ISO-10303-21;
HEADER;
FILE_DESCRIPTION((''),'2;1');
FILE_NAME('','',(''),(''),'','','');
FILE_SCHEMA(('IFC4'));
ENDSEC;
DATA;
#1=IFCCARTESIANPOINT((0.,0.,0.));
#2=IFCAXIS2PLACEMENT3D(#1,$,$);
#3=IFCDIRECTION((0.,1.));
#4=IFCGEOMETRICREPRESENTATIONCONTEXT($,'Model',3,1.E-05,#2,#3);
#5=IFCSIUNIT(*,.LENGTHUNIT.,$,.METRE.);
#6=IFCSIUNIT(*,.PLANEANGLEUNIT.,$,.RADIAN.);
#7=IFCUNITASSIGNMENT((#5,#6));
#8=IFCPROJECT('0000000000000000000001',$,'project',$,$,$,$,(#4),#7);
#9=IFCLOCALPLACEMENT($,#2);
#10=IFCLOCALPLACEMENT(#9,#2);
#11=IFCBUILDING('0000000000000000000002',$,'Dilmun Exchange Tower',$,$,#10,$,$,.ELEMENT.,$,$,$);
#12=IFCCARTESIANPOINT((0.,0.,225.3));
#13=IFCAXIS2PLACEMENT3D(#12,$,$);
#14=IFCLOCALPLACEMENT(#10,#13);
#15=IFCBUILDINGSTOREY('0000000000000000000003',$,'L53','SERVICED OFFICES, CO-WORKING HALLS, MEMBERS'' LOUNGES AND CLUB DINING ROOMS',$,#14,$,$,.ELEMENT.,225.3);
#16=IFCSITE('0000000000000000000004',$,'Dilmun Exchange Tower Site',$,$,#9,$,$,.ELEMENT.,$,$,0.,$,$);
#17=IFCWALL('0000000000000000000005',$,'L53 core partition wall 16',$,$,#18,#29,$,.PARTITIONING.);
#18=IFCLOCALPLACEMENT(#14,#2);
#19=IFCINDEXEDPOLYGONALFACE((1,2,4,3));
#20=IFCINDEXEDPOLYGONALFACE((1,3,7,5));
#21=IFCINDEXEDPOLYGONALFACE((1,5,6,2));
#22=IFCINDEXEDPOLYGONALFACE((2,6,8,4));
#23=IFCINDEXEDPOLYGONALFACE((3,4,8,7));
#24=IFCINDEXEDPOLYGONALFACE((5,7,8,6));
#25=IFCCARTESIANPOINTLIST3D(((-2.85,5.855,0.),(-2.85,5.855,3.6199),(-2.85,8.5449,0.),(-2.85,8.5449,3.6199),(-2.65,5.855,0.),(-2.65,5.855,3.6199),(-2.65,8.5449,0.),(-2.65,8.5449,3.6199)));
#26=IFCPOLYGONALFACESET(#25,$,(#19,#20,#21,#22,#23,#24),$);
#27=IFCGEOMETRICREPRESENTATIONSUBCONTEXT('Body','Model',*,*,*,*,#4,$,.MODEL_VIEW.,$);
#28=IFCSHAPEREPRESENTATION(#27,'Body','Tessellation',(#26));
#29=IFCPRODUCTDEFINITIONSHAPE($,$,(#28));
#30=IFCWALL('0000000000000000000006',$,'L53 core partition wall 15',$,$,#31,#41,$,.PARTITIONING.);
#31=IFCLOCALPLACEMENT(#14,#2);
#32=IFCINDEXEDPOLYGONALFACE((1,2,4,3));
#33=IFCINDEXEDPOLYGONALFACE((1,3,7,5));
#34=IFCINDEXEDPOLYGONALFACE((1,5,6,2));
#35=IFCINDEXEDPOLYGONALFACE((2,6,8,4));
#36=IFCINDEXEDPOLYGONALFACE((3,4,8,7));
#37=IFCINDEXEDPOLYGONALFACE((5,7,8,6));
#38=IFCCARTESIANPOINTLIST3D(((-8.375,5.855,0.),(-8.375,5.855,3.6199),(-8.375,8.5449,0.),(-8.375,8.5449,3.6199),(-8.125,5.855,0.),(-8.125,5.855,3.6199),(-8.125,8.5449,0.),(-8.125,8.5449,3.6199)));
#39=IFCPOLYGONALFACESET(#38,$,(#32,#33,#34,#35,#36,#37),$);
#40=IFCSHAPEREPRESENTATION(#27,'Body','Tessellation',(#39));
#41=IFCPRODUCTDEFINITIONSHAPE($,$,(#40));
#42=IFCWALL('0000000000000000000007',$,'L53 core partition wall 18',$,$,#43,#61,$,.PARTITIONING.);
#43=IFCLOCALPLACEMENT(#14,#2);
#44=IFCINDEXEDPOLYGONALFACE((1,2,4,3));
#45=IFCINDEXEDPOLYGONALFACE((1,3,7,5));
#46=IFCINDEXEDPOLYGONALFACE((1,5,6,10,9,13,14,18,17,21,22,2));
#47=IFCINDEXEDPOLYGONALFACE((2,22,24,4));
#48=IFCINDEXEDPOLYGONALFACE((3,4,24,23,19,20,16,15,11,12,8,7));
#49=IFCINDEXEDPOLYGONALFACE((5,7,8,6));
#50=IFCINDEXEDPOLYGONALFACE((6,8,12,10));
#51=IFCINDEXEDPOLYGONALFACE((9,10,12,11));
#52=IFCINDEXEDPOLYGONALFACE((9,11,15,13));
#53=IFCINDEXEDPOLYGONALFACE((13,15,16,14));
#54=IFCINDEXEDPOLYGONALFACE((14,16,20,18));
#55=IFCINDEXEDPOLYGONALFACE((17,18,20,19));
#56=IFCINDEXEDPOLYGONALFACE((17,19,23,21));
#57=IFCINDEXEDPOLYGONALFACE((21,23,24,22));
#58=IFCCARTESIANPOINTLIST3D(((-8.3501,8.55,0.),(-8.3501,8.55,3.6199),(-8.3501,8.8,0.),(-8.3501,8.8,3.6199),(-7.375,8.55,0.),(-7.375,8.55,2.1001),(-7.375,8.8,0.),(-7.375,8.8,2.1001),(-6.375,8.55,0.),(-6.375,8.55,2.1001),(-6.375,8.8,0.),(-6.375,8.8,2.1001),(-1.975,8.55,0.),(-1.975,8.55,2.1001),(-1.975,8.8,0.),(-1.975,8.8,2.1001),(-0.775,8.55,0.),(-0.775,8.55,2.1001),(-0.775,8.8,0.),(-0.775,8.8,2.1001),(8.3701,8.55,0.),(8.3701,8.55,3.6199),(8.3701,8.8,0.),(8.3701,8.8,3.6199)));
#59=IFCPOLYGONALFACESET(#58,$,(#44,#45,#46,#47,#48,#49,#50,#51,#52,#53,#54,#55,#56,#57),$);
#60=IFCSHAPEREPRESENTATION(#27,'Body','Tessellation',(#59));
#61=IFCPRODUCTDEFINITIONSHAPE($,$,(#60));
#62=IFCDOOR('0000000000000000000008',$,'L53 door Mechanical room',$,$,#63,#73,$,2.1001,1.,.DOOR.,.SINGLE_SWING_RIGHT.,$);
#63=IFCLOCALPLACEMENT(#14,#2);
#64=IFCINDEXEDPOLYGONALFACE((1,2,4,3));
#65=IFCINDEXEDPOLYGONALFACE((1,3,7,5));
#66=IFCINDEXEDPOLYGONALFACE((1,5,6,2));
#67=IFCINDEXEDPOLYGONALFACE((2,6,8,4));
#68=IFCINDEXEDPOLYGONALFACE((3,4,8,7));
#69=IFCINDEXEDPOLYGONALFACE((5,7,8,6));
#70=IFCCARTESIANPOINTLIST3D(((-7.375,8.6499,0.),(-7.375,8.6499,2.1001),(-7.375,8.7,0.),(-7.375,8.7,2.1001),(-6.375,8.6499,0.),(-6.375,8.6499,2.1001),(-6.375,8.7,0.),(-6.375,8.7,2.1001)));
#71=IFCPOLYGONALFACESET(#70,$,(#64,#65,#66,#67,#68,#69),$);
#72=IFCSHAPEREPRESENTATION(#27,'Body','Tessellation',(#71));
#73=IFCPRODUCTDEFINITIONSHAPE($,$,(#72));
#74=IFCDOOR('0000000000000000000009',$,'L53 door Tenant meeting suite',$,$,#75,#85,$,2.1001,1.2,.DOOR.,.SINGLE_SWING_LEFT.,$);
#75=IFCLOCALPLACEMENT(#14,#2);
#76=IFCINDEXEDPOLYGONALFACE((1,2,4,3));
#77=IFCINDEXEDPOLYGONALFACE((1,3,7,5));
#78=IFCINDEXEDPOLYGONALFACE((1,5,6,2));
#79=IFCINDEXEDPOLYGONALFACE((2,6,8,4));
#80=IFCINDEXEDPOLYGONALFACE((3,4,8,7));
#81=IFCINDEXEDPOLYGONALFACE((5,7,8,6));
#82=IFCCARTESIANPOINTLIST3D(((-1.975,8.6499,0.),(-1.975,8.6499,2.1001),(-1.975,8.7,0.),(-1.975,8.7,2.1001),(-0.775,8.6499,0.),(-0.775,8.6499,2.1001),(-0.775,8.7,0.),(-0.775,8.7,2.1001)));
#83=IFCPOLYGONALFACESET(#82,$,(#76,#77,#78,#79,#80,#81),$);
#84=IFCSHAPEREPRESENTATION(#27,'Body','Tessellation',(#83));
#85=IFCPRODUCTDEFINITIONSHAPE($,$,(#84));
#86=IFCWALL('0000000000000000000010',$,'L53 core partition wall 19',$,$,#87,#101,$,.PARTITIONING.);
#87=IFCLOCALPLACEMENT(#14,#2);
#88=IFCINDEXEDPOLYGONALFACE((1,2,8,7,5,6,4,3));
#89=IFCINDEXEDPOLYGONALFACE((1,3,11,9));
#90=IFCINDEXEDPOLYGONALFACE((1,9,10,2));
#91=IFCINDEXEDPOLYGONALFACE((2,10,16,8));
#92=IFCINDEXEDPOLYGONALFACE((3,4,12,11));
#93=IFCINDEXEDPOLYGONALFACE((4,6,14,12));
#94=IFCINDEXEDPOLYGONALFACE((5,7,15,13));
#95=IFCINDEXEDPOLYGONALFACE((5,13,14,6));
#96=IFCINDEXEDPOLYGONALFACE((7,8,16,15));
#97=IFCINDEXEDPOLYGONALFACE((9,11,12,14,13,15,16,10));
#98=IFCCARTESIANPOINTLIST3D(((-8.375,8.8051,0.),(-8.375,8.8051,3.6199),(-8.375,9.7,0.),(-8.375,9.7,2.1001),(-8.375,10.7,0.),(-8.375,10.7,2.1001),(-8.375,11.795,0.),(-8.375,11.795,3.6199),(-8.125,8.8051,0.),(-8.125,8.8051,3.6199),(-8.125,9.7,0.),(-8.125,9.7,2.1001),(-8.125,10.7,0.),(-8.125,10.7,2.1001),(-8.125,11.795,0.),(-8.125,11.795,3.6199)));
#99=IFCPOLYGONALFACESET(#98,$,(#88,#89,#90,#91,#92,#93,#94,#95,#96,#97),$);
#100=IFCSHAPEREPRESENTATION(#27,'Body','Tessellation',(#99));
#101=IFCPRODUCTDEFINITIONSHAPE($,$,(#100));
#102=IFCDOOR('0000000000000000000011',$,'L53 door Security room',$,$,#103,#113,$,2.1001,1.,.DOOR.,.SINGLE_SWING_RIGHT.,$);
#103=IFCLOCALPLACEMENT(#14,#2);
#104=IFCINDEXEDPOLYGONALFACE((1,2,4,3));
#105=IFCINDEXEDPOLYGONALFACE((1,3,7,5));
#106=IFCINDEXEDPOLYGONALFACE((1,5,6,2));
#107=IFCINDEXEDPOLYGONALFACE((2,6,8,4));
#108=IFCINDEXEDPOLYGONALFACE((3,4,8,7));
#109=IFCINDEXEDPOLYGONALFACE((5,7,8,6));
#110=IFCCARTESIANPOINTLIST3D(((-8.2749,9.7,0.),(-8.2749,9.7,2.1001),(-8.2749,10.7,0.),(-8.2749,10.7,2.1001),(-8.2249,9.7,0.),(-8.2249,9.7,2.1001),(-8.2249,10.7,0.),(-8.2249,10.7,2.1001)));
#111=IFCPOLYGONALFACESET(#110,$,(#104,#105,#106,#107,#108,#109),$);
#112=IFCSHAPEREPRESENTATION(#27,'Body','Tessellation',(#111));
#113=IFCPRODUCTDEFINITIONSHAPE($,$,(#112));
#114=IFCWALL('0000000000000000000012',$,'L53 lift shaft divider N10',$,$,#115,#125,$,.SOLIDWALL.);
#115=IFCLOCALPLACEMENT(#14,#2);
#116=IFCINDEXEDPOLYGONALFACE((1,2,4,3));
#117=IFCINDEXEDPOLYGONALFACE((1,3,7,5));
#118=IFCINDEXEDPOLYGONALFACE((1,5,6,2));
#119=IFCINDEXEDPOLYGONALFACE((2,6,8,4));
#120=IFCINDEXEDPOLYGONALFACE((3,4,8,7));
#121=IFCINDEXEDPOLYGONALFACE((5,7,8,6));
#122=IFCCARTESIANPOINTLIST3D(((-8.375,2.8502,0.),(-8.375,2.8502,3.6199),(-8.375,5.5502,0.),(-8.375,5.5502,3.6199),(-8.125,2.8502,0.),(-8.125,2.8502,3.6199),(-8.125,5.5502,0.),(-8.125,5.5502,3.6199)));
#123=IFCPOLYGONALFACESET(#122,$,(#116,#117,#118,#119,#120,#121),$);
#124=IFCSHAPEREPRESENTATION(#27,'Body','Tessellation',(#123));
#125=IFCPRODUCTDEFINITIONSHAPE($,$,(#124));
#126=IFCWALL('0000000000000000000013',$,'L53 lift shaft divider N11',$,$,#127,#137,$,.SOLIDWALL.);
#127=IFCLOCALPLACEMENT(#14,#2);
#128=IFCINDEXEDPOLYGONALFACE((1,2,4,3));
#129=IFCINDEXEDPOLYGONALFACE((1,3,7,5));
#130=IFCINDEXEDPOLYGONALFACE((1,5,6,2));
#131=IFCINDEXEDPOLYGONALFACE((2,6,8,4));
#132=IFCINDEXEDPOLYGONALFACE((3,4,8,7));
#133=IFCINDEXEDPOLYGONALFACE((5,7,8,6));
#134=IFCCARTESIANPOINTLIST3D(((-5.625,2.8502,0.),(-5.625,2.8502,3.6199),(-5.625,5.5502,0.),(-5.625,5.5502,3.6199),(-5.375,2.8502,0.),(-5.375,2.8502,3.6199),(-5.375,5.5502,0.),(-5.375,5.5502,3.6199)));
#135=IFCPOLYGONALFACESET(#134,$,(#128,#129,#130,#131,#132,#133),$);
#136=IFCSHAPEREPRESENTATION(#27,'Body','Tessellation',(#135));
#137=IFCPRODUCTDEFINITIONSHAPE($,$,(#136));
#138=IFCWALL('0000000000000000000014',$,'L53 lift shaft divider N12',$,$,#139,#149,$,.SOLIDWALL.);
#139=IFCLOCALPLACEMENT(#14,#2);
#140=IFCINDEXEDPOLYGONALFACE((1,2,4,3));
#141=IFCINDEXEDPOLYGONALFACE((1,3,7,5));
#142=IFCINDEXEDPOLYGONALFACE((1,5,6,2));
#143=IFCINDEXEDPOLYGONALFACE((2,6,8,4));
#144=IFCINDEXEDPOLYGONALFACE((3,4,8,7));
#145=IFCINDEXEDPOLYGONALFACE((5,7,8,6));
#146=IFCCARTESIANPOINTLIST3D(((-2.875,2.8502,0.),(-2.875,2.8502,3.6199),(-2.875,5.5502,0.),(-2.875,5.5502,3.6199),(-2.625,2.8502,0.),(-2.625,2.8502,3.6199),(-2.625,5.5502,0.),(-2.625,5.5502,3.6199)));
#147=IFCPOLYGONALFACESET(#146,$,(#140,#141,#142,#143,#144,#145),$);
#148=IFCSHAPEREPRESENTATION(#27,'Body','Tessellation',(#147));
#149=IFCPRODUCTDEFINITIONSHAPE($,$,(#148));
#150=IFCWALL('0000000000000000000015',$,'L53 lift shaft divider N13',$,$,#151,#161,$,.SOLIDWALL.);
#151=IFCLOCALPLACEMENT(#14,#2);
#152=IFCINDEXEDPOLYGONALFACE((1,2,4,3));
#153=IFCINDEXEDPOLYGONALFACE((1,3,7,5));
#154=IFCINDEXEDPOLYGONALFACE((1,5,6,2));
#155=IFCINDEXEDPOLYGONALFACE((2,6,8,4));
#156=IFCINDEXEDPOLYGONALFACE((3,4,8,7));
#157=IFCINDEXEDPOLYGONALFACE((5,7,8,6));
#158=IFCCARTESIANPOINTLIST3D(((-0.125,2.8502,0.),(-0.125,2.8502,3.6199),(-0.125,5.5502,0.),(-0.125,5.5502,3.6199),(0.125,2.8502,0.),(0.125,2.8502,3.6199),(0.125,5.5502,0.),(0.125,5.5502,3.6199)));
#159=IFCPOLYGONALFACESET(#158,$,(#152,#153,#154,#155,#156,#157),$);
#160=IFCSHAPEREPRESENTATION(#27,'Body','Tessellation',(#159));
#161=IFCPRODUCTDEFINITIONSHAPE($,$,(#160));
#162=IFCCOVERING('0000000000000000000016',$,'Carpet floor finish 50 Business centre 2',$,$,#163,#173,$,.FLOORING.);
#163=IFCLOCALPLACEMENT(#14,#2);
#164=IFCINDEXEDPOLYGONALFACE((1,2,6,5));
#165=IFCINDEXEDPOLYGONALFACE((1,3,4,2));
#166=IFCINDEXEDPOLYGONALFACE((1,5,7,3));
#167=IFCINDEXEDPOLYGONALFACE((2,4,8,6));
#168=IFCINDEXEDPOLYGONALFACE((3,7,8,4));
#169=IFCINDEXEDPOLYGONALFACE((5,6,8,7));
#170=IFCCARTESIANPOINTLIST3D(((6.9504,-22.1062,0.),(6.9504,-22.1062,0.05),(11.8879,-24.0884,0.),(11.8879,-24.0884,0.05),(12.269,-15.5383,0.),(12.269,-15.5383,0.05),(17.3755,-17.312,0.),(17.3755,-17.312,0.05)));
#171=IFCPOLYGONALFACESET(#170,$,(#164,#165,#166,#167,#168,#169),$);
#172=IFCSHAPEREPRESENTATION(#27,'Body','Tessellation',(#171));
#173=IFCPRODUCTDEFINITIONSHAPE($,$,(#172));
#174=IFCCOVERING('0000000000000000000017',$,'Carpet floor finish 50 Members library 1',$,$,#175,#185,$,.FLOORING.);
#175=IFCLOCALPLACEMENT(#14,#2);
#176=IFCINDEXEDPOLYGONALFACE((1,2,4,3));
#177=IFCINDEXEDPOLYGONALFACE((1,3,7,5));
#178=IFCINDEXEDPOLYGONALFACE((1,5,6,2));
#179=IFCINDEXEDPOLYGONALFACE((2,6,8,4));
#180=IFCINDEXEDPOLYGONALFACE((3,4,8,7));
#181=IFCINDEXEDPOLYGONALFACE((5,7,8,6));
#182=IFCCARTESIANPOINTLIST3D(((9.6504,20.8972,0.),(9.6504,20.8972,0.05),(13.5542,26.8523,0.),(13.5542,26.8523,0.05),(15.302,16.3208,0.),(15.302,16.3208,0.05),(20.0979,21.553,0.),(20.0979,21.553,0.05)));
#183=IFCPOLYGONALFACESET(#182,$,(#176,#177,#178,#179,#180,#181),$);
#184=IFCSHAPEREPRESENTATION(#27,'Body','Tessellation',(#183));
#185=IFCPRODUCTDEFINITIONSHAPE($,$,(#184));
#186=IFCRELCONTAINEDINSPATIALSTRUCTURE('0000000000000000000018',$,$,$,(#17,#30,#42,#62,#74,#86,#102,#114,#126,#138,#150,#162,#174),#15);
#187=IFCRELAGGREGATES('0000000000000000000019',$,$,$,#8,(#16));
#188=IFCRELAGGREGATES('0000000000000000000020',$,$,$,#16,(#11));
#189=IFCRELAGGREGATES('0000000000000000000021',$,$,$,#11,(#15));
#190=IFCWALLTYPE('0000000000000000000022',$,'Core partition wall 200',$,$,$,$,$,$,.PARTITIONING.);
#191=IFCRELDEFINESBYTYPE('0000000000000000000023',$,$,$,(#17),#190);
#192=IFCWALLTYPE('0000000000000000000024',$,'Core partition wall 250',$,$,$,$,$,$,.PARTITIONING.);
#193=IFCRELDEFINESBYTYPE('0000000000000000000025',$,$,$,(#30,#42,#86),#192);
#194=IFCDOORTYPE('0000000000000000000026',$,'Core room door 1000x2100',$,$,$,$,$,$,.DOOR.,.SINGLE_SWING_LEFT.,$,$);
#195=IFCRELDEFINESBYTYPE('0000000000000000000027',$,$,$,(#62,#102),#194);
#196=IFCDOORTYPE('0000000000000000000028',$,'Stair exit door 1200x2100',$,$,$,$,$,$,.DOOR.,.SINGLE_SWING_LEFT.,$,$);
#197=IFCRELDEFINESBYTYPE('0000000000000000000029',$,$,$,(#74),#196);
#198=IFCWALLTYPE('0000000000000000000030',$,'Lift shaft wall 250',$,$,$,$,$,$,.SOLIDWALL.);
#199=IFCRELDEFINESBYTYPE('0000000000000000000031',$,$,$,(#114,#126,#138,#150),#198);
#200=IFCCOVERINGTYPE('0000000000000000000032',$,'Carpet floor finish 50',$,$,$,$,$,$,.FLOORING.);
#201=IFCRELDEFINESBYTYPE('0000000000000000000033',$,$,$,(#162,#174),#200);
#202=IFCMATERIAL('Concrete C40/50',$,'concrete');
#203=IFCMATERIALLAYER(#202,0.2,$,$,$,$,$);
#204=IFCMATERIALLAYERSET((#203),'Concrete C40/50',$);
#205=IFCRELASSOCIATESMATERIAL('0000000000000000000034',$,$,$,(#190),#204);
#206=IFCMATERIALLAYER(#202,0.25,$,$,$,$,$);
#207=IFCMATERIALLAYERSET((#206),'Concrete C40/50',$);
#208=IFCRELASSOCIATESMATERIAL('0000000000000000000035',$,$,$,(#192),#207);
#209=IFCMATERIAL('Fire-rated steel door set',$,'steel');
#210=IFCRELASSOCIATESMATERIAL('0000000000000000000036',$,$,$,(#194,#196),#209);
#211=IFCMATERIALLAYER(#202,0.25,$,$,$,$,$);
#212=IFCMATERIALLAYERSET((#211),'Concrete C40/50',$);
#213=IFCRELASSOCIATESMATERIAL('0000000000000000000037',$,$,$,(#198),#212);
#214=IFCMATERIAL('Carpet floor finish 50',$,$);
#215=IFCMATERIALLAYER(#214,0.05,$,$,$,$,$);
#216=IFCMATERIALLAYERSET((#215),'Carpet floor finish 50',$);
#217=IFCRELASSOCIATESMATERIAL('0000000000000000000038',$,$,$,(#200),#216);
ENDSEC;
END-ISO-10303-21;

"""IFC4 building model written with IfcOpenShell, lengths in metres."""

from ifc_helpers import new_model, si_unit, direction, frame, frame_2d, origin, place, context, subcontext, project, spatial, polyline, rectangle, outline, extrude, material, layer, layer_set, type_object, element, fill, save


model = new_model("IFC4")

# Units and contexts
model_context = context("Model", 3, precision=1e-05, world=origin(), true_north=direction((0.0, 1.0)))
body_context = subcontext(model_context, "Body", "Model", "MODEL_VIEW")
ifc_project = project(units=[si_unit("LENGTHUNIT", "METRE"), si_unit("PLANEANGLEUNIT", "RADIAN")], contexts=[model_context])

# Site, building, storey
site_placement = place(None, origin())
site = spatial("IfcSite", under=ifc_project, at=site_placement, Name="Dilmun Exchange Tower Site", CompositionType="ELEMENT", RefElevation=0.0)
building_placement = place(site_placement, origin())
building = spatial("IfcBuilding", under=site, at=building_placement, Name="Dilmun Exchange Tower", CompositionType="ELEMENT")
storey_placement = place(building_placement, frame((0.0, 0.0, 225.3)))
storey = spatial("IfcBuildingStorey", under=building, at=storey_placement, Name="L53", Description="SERVICED OFFICES, CO-WORKING HALLS, MEMBERS' LOUNGES AND CLUB DINING ROOMS", CompositionType="ELEMENT", Elevation=225.3)

# Walls
ifc_material_1 = material(Name="Concrete C40/50", Category="concrete")
ifc_layer_1 = layer(ifc_material_1, 0.2)
ifc_layer_set_1 = layer_set([ifc_layer_1], Name="Concrete C40/50")
wall_type_1 = type_object("IfcWallType", Name="Core partition wall 200", PredefinedType="PARTITIONING", material=ifc_layer_set_1)
wall_1_placement = place(storey_placement, frame((-2.75, 5.855, 0.0), z_axis=(0.0, 0.0, 1.0), x_axis=(0.0, 1.0, 0.0)))
element("IfcWall", 1, at=wall_1_placement, inside=storey, type_object=wall_type_1, Name="L53 core partition wall 16", PredefinedType="PARTITIONING", context=body_context, shape_type="SweptSolid", body=[
    extrude(rectangle(XDim=2.6899, YDim=0.2, at=frame_2d((1.345, 0.0))), origin(), (0.0, 0.0, 1.0), 3.6199),
])
ifc_layer_2 = layer(ifc_material_1, 0.25)
ifc_layer_set_2 = layer_set([ifc_layer_2], Name="Concrete C40/50")
wall_type_2 = type_object("IfcWallType", Name="Core partition wall 250", PredefinedType="PARTITIONING", material=ifc_layer_set_2)
wall_2_placement = place(storey_placement, frame((-8.25, 5.855, 0.0), z_axis=(0.0, 0.0, 1.0), x_axis=(0.0, 1.0, 0.0)))
element("IfcWall", 2, at=wall_2_placement, inside=storey, type_object=wall_type_2, Name="L53 core partition wall 15", PredefinedType="PARTITIONING", context=body_context, shape_type="SweptSolid", body=[
    extrude(rectangle(XDim=2.6899, YDim=0.25, at=frame_2d((1.345, 0.0))), origin(), (0.0, 0.0, 1.0), 3.6199),
])

# Wall, openings, doors
wall_3_placement = place(storey_placement, frame((-8.3501, 8.675, 0.0), z_axis=(0.0, 0.0, 1.0), x_axis=(1.0, 0.0, 0.0)))
wall_3 = element("IfcWall", 3, at=wall_3_placement, inside=storey, type_object=wall_type_2, Name="L53 core partition wall 18", PredefinedType="PARTITIONING", context=body_context, shape_type="SweptSolid", body=[
    extrude(rectangle(XDim=16.7202, YDim=0.25, at=frame_2d((8.3601, 0.0))), origin(), (0.0, 0.0, 1.0), 3.6199),
])
opening_1_placement = place(wall_3_placement, frame((0.9751, 0.0, 0.0)))
opening_1 = element("IfcOpeningElement", 4, at=opening_1_placement, cuts=wall_3, PredefinedType="OPENING", context=body_context, shape_type="SweptSolid", body=[
    extrude(rectangle(XDim=1.0, YDim=2.1001, at=frame_2d((0.5, 1.05))), frame((0.0, 0.135, 0.0), z_axis=(0.0, -1.0, 0.0), x_axis=(1.0, 0.0, 0.0)), (0.0, 0.0, 1.0), 0.27),
])
opening_2_placement = place(wall_3_placement, frame((6.375, 0.0, 0.0)))
opening_2 = element("IfcOpeningElement", 5, at=opening_2_placement, cuts=wall_3, PredefinedType="OPENING", context=body_context, shape_type="SweptSolid", body=[
    extrude(rectangle(XDim=1.2, YDim=2.1001, at=frame_2d((0.6001, 1.05))), frame((0.0, 0.135, 0.0), z_axis=(0.0, -1.0, 0.0), x_axis=(1.0, 0.0, 0.0)), (0.0, 0.0, 1.0), 0.27),
])
ifc_material_2 = material(Name="Fire-rated steel door set", Category="steel")
door_type_1 = type_object("IfcDoorType", Name="Core room door 1000x2100", OperationType="SINGLE_SWING_LEFT", PredefinedType="DOOR", material=ifc_material_2)
door_1_placement = place(opening_1_placement, origin())
door_1 = element("IfcDoor", 6, at=door_1_placement, inside=storey, type_object=door_type_1, Name="L53 door Mechanical room", OperationType="SINGLE_SWING_RIGHT", OverallHeight=2.1001, OverallWidth=1.0, PredefinedType="DOOR", context=body_context, shape_type="SweptSolid", body=[
    extrude(rectangle(XDim=1.0, YDim=2.1001, at=frame_2d((0.5, 1.05))), frame((0.0, 0.0249, 0.0), z_axis=(0.0, -1.0, 0.0), x_axis=(1.0, 0.0, 0.0)), (0.0, 0.0, 1.0), 0.05),
])
fill(opening_1, door_1)
door_type_2 = type_object("IfcDoorType", Name="Stair exit door 1200x2100", OperationType="SINGLE_SWING_LEFT", PredefinedType="DOOR", material=ifc_material_2)
door_2_placement = place(opening_2_placement, origin())
door_2 = element("IfcDoor", 7, at=door_2_placement, inside=storey, type_object=door_type_2, Name="L53 door Tenant meeting suite", OperationType="SINGLE_SWING_LEFT", OverallHeight=2.1001, OverallWidth=1.2, PredefinedType="DOOR", context=body_context, shape_type="SweptSolid", body=[
    extrude(rectangle(XDim=1.2, YDim=2.1001, at=frame_2d((0.6001, 1.05))), frame((0.0, 0.0249, 0.0), z_axis=(0.0, -1.0, 0.0), x_axis=(1.0, 0.0, 0.0)), (0.0, 0.0, 1.0), 0.05),
])
fill(opening_2, door_2)

# Wall, opening, door
wall_4_placement = place(storey_placement, frame((-8.25, 8.8049, 0.0), z_axis=(0.0, 0.0, 1.0), x_axis=(0.0, 1.0, 0.0)))
wall_4 = element("IfcWall", 8, at=wall_4_placement, inside=storey, type_object=wall_type_2, Name="L53 core partition wall 19", PredefinedType="PARTITIONING", context=body_context, shape_type="SweptSolid", body=[
    extrude(rectangle(XDim=2.99, YDim=0.25, at=frame_2d((1.4951, 0.0))), origin(), (0.0, 0.0, 1.0), 3.6199),
])
opening_3_placement = place(wall_4_placement, frame((0.895, 0.0, 0.0)))
opening_3 = element("IfcOpeningElement", 9, at=opening_3_placement, cuts=wall_4, PredefinedType="OPENING", context=body_context, shape_type="SweptSolid", body=[
    extrude(rectangle(XDim=1.0, YDim=2.1001, at=frame_2d((0.5, 1.05))), frame((0.0, 0.135, 0.0), z_axis=(0.0, -1.0, 0.0), x_axis=(1.0, 0.0, 0.0)), (0.0, 0.0, 1.0), 0.27),
])
door_3_placement = place(opening_3_placement, origin())
door_3 = element("IfcDoor", 10, at=door_3_placement, inside=storey, type_object=door_type_1, Name="L53 door Security room", OperationType="SINGLE_SWING_RIGHT", OverallHeight=2.1001, OverallWidth=1.0, PredefinedType="DOOR", context=body_context, shape_type="SweptSolid", body=[
    extrude(rectangle(XDim=1.0, YDim=2.1001, at=frame_2d((0.5, 1.05))), frame((0.0, 0.0249, 0.0), z_axis=(0.0, -1.0, 0.0), x_axis=(1.0, 0.0, 0.0)), (0.0, 0.0, 1.0), 0.05),
])
fill(opening_3, door_3)

# Walls
ifc_layer_3 = layer(ifc_material_1, 0.25)
ifc_layer_set_3 = layer_set([ifc_layer_3], Name="Concrete C40/50")
wall_type_3 = type_object("IfcWallType", Name="Lift shaft wall 250", PredefinedType="SOLIDWALL", material=ifc_layer_set_3)
for number, where, z_axis, x_axis, name in (
    (11, (-8.25, 2.8501, 0.0), (0.0, 0.0, 1.0), (0.0, 1.0, 0.0), "L53 lift shaft divider N10"),
    (12, (-5.5, 2.8501, 0.0), (0.0, 0.0, 1.0), (0.0, 1.0, 0.0), "L53 lift shaft divider N11"),
    (13, (-2.75, 2.8501, 0.0), (0.0, 0.0, 1.0), (0.0, 1.0, 0.0), "L53 lift shaft divider N12"),
    (14, (0.0, 2.8501, 0.0), (0.0, 0.0, 1.0), (0.0, 1.0, 0.0), "L53 lift shaft divider N13"),
):
    element("IfcWall", number, at=place(storey_placement, frame(where, z_axis=z_axis, x_axis=x_axis)), inside=storey, type_object=wall_type_3, Name=name, PredefinedType="SOLIDWALL", context=body_context, shape_type="SweptSolid", body=[
        extrude(rectangle(XDim=2.7, YDim=0.25, at=frame_2d((1.3501, 0.0))), origin(), (0.0, 0.0, 1.0), 3.6199),
    ])

# Coverings
ifc_material_3 = material(Name="Carpet floor finish 50")
ifc_layer_4 = layer(ifc_material_3, 0.05)
ifc_layer_set_4 = layer_set([ifc_layer_4], Name="Carpet floor finish 50")
covering_type_1 = type_object("IfcCoveringType", Name="Carpet floor finish 50", PredefinedType="FLOORING", material=ifc_layer_set_4)
covering_1_placement = place(storey_placement, origin())
element("IfcCovering", 15, at=covering_1_placement, inside=storey, type_object=covering_type_1, Name="Carpet floor finish 50 Business centre 2", PredefinedType="FLOORING", context=body_context, shape_type="SweptSolid", body=[
    extrude(outline(polyline([(12.269, -15.5383), (17.3755, -17.312), (11.8879, -24.0884), (6.9504, -22.1062), (12.269, -15.5383)])), origin(), (0.0, 0.0, 1.0), 0.05),
])
covering_2_placement = place(storey_placement, origin())
element("IfcCovering", 16, at=covering_2_placement, inside=storey, type_object=covering_type_1, Name="Carpet floor finish 50 Members library 1", PredefinedType="FLOORING", context=body_context, shape_type="SweptSolid", body=[
    extrude(outline(polyline([(9.6504, 20.8972), (13.5542, 26.8523), (20.0979, 21.553), (15.302, 16.3208), (9.6504, 20.8972)])), origin(), (0.0, 0.0, 1.0), 0.05),
])

save(model, "model.ifc")
